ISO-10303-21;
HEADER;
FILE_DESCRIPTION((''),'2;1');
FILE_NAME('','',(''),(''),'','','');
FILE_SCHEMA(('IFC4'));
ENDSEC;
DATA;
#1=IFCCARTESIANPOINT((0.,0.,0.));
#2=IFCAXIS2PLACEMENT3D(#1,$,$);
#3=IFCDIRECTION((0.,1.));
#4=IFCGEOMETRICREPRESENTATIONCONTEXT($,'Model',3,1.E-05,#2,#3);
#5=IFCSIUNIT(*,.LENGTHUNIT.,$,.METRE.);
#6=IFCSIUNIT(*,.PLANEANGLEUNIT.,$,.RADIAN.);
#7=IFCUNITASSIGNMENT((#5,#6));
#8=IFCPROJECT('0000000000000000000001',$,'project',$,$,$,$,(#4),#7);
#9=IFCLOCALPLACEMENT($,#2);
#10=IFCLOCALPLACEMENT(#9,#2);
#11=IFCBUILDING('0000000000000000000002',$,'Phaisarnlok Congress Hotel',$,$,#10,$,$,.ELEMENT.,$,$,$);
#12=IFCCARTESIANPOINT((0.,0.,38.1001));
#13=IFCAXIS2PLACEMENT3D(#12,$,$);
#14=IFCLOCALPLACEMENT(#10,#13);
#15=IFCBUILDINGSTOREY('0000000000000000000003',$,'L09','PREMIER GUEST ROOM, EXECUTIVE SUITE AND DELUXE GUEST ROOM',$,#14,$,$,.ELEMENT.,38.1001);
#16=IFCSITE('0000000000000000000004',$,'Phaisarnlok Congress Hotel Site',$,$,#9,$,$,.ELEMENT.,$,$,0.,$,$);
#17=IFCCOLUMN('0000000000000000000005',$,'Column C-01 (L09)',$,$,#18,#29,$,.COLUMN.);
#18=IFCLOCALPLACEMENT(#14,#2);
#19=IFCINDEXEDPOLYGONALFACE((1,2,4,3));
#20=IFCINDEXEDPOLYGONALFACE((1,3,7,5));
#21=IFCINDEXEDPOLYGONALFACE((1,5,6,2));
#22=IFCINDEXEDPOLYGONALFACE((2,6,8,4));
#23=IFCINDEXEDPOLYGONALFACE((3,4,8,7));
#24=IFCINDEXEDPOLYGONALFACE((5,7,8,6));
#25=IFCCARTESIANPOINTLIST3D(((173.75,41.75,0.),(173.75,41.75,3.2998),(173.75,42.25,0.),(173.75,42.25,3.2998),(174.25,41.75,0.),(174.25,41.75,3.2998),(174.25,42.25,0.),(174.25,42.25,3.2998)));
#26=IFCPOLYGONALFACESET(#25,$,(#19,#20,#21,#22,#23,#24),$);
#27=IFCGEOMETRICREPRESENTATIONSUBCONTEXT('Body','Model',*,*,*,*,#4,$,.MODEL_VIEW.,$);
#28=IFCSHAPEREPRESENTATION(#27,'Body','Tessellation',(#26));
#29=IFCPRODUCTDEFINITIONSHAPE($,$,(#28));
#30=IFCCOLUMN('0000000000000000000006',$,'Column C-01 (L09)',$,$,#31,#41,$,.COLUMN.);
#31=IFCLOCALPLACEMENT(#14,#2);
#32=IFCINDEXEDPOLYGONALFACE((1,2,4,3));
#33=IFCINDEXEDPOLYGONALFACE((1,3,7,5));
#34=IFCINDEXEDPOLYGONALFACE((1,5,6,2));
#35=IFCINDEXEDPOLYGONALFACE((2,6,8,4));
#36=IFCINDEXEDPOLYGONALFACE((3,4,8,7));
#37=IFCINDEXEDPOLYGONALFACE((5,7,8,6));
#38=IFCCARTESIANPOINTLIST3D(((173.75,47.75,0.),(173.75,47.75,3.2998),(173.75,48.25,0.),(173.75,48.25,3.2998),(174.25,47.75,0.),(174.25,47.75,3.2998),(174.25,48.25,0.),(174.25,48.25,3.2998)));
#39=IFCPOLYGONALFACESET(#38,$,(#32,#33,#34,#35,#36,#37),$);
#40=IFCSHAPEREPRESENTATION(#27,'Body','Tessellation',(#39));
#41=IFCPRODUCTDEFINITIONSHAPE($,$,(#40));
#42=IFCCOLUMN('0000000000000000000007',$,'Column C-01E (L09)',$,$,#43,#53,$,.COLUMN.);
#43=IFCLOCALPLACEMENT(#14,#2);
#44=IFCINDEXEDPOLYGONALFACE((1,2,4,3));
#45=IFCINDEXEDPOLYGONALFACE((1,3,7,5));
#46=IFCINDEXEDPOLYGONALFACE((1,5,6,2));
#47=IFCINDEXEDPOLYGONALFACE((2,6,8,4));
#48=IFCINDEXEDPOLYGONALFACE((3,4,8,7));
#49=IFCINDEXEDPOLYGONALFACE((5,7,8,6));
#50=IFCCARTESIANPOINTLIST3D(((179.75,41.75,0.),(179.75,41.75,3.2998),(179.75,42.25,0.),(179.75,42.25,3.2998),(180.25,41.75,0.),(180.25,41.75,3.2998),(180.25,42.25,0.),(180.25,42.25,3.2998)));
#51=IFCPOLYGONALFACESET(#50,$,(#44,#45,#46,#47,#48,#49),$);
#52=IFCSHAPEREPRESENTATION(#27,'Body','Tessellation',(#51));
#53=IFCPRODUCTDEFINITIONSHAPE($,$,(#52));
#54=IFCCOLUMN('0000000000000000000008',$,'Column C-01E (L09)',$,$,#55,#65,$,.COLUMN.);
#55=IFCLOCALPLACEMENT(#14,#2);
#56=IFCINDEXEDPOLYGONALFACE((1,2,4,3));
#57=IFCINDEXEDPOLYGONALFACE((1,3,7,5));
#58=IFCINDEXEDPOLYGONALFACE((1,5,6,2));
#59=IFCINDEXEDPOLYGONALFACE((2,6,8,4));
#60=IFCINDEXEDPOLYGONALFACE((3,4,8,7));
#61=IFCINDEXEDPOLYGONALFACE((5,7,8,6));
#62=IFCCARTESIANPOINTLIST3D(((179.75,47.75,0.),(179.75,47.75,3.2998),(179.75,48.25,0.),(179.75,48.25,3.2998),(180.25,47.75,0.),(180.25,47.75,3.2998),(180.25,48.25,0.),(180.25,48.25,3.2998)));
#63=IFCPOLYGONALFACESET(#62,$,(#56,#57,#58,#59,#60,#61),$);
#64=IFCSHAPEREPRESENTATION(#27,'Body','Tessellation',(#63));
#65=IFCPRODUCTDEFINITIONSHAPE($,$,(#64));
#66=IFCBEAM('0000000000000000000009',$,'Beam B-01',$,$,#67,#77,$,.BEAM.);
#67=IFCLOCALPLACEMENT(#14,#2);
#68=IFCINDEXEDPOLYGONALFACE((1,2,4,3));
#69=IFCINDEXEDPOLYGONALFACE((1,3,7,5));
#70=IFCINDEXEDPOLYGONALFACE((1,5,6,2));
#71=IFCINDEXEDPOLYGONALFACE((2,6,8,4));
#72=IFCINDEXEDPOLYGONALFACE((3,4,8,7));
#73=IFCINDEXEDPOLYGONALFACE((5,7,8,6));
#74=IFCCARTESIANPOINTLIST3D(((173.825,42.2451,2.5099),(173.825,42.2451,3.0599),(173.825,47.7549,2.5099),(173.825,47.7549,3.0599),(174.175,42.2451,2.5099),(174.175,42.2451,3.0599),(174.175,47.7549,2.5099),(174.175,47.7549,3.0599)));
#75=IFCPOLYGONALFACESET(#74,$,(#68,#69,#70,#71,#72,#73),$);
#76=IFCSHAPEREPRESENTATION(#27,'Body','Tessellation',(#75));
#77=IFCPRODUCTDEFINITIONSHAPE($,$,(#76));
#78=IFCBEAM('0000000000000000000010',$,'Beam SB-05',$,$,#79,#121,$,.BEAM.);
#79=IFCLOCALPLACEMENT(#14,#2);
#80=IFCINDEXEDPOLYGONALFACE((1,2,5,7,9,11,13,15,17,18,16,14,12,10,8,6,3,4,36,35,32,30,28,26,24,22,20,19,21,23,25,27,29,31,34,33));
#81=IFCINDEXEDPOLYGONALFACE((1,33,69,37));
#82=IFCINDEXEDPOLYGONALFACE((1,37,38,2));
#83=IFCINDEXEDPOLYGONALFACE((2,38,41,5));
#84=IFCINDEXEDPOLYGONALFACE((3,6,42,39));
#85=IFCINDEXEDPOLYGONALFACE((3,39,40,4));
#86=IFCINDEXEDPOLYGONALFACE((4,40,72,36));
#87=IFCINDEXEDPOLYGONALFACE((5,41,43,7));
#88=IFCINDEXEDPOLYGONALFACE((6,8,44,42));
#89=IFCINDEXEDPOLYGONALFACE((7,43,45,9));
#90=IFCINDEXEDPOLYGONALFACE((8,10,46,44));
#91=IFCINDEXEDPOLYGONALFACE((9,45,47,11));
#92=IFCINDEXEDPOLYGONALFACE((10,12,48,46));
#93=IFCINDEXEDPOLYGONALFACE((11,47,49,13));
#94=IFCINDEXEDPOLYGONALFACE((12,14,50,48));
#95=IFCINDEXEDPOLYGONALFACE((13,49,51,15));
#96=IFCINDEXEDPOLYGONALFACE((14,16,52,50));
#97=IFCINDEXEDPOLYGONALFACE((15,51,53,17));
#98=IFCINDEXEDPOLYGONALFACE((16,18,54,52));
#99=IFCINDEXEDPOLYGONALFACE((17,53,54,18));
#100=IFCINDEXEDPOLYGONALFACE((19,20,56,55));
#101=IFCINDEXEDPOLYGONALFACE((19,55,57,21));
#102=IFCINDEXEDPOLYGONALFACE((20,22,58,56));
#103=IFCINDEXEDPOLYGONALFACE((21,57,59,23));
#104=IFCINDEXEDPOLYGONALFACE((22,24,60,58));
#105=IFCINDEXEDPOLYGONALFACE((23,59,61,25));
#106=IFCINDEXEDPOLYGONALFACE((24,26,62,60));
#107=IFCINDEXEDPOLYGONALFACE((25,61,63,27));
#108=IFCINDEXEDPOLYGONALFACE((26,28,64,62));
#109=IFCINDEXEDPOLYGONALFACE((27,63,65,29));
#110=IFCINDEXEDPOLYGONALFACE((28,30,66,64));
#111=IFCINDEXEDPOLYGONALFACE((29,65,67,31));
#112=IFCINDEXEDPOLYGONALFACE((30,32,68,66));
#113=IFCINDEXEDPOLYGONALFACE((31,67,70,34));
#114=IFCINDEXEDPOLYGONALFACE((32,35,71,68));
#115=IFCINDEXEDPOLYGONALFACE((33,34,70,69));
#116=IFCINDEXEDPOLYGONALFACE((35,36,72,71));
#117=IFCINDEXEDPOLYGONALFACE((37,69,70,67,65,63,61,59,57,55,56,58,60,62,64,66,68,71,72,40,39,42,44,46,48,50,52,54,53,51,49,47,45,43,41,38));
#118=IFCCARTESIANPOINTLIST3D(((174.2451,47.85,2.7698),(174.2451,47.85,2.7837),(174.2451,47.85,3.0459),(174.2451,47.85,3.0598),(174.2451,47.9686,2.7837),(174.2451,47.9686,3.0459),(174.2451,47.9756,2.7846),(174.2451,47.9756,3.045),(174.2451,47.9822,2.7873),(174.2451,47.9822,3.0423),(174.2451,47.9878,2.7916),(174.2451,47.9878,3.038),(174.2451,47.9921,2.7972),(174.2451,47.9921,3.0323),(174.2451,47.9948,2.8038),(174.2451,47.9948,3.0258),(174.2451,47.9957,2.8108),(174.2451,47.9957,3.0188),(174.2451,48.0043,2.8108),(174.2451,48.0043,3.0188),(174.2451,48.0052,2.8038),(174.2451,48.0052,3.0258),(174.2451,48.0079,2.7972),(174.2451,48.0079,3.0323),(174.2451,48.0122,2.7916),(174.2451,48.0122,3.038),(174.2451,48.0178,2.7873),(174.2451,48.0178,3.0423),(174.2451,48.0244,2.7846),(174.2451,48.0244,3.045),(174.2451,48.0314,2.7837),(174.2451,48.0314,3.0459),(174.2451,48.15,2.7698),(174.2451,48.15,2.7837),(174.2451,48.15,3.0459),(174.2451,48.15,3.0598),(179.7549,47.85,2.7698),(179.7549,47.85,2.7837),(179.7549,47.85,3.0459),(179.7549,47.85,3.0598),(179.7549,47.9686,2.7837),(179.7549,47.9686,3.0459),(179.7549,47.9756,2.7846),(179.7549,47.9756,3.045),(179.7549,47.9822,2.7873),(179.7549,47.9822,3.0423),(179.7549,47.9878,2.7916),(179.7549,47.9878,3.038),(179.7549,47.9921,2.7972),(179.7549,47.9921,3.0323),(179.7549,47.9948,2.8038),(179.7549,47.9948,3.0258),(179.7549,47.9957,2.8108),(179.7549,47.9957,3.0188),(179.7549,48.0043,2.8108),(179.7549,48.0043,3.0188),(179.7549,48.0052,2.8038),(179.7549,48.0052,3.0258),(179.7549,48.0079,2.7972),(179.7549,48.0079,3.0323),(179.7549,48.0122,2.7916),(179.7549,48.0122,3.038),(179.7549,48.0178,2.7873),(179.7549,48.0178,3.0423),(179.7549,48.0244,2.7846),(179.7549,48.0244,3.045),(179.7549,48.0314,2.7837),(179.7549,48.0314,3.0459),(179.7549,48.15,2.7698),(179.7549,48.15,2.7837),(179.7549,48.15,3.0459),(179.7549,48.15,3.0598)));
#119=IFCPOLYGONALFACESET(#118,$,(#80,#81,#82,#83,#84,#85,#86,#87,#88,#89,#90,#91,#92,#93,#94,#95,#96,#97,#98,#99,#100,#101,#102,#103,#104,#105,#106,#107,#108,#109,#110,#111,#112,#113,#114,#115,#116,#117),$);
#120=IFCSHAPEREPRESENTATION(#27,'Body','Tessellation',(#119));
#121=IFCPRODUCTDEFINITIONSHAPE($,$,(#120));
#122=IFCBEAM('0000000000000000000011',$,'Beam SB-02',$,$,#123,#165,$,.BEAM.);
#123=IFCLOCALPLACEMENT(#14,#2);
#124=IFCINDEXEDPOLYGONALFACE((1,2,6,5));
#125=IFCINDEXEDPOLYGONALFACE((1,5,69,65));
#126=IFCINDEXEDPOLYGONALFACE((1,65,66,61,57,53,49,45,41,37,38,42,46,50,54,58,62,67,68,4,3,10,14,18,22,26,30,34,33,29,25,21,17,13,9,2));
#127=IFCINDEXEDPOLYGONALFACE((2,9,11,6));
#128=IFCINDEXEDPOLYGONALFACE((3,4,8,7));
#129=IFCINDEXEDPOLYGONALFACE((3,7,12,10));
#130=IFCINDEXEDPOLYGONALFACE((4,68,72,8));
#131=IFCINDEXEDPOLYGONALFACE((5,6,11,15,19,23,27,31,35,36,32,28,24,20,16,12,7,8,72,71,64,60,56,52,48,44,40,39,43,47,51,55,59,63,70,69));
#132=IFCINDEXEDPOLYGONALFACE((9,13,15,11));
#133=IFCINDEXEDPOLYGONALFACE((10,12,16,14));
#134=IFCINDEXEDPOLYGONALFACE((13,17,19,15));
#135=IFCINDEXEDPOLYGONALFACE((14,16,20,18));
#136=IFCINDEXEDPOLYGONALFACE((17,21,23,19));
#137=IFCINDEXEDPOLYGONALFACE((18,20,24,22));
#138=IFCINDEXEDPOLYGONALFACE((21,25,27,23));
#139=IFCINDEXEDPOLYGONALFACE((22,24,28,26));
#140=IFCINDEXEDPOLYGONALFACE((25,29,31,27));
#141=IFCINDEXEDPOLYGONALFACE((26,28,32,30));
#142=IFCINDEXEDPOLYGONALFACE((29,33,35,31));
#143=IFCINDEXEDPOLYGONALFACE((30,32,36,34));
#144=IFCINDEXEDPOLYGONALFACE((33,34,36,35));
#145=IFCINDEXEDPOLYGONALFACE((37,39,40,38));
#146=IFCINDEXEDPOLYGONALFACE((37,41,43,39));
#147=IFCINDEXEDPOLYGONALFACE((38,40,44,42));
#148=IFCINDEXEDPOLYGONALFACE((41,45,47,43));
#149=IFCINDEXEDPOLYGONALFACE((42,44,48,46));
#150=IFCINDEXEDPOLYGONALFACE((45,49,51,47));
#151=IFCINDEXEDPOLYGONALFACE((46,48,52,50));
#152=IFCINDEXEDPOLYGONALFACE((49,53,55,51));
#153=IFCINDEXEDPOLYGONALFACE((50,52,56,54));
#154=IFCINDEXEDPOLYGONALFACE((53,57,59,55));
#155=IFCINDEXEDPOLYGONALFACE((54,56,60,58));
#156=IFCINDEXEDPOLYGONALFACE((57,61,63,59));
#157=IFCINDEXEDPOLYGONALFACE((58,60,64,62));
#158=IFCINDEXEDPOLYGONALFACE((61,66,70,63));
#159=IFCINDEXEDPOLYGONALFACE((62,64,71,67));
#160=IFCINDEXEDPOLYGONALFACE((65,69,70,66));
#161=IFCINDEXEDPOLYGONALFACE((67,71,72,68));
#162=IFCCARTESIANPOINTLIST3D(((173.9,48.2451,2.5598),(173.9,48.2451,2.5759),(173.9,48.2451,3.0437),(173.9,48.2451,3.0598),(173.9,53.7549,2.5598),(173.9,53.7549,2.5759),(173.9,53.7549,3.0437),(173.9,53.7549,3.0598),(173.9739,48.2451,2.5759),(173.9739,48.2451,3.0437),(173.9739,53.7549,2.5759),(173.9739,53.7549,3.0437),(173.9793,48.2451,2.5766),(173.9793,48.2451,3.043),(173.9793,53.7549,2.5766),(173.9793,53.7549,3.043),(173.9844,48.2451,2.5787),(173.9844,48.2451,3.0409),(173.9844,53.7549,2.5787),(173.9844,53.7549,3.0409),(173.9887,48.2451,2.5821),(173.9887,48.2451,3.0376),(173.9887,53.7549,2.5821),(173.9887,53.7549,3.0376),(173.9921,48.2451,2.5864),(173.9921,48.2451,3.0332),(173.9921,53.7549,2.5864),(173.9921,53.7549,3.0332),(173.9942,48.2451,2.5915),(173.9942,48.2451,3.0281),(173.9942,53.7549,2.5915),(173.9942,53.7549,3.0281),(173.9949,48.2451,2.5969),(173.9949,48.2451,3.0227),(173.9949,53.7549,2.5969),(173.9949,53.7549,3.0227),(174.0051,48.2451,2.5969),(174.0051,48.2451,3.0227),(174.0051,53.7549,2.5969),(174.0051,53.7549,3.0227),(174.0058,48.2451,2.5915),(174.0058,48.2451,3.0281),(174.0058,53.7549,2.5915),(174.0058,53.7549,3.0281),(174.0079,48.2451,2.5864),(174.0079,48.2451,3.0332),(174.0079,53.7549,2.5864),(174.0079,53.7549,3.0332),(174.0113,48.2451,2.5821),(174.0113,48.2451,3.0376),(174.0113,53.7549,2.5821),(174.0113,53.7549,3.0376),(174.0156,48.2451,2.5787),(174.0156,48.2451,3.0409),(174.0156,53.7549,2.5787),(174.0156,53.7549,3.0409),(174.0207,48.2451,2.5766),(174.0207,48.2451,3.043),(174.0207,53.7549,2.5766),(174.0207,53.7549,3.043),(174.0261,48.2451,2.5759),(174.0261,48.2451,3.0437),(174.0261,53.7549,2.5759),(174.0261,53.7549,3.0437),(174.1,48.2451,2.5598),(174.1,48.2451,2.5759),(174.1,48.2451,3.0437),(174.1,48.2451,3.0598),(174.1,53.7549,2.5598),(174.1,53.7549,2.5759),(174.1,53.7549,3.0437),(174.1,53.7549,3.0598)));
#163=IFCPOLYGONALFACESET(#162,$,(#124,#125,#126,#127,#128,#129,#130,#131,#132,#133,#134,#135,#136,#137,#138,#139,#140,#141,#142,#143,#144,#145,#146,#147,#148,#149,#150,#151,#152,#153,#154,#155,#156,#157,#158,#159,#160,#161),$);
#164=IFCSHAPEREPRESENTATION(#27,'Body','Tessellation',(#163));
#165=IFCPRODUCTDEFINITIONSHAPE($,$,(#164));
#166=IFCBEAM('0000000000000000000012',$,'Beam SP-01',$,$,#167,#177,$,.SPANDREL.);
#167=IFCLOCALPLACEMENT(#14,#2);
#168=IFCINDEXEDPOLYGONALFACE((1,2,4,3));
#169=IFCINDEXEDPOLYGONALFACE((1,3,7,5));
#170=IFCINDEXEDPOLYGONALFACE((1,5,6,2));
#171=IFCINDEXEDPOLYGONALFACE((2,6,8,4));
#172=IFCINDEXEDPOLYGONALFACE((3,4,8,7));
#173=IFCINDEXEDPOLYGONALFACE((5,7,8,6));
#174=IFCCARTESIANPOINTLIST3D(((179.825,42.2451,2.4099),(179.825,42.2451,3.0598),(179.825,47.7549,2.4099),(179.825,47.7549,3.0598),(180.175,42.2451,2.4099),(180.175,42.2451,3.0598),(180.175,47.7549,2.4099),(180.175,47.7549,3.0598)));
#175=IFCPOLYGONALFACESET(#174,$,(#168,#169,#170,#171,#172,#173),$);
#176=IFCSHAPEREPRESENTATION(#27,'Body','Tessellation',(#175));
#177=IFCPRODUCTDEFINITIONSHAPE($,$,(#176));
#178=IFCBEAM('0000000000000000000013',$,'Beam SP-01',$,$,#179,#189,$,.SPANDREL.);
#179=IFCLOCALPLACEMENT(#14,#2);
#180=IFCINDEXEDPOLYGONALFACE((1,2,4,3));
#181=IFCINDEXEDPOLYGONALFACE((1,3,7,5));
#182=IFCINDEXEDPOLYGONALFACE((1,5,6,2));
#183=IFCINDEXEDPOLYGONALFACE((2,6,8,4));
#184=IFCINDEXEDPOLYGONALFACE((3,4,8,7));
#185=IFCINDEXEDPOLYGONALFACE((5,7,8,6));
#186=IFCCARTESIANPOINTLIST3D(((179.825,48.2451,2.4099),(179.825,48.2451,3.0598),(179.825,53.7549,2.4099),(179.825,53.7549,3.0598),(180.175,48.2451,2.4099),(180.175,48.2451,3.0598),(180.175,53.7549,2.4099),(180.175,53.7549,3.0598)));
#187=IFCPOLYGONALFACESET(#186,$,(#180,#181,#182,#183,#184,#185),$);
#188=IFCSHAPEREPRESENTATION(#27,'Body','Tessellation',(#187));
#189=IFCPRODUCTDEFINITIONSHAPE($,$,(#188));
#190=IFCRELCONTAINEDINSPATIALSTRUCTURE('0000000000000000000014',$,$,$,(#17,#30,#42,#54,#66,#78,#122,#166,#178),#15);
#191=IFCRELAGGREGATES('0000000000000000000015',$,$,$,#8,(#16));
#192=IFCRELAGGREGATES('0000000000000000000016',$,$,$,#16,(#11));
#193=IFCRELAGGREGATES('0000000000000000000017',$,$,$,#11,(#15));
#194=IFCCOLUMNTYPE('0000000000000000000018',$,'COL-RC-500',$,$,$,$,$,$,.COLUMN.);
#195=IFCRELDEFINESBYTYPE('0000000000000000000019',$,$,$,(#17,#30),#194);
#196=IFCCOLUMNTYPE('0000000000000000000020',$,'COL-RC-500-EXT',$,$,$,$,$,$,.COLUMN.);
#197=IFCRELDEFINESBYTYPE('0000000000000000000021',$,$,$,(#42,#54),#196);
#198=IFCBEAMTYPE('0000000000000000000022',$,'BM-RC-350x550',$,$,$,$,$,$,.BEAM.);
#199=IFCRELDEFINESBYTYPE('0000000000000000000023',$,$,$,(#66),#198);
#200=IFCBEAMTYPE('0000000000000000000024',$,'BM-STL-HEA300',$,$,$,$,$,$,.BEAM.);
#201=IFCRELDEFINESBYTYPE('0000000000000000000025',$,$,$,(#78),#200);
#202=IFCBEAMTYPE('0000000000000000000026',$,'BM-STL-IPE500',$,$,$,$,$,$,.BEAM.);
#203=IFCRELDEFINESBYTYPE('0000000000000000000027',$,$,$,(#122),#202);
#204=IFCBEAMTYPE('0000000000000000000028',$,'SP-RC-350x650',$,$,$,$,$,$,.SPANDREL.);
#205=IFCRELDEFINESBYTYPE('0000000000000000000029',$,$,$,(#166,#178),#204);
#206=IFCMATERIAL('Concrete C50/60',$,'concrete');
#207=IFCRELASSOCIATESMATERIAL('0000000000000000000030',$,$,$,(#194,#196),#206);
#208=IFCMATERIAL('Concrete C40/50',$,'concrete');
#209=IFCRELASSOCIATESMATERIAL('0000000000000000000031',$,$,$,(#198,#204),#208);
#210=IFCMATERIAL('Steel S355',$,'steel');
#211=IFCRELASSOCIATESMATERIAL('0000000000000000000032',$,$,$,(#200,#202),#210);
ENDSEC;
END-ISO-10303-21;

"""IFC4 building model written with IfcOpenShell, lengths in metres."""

from ifc_helpers import new_model, si_unit, direction, frame, origin, origin_2d, place, context, subcontext, project, spatial, rectangle, i_section, extrude, material, material_profile, profile_set, type_object, element, save


model = new_model("IFC4")

# Units and contexts
model_context = context("Model", 3, precision=1e-05, world=origin(), true_north=direction((0.0, 1.0)))
body_context = subcontext(model_context, "Body", "Model", "MODEL_VIEW")
ifc_project = project(units=[si_unit("LENGTHUNIT", "METRE"), si_unit("PLANEANGLEUNIT", "RADIAN")], contexts=[model_context])

# Site, building, storey
site_placement = place(None, origin())
site = spatial("IfcSite", under=ifc_project, at=site_placement, Name="Phaisarnlok Congress Hotel Site", CompositionType="ELEMENT", RefElevation=0.0)
building_placement = place(site_placement, origin())
building = spatial("IfcBuilding", under=site, at=building_placement, Name="Phaisarnlok Congress Hotel", CompositionType="ELEMENT")
storey_placement = place(building_placement, frame((0.0, 0.0, 38.1001)))
storey = spatial("IfcBuildingStorey", under=building, at=storey_placement, Name="L09", Description="PREMIER GUEST ROOM, EXECUTIVE SUITE AND DELUXE GUEST ROOM", CompositionType="ELEMENT", Elevation=38.1001)

# Columns
ifc_material_1 = material(Name="Concrete C50/60", Category="concrete")
ifc_material_profile_1 = material_profile(ifc_material_1, rectangle(XDim=0.5, YDim=0.5, at=origin_2d()), Name="RC 500x500")
ifc_profile_set_1 = profile_set([ifc_material_profile_1], Name="Concrete C50/60")
column_type_1 = type_object("IfcColumnType", Name="COL-RC-500", PredefinedType="COLUMN", material=ifc_profile_set_1)
for number, where, z_axis, x_axis, name in (
    (1, (174.0, 42.0, 0.0), (0.0, 0.0, 1.0), (1.0, 0.0, 0.0), "Column C-01 (L09)"),
    (2, (174.0, 48.0, 0.0), (0.0, 0.0, 1.0), (1.0, 0.0, 0.0), "Column C-01 (L09)"),
):
    element("IfcColumn", number, at=place(storey_placement, frame(where, z_axis=z_axis, x_axis=x_axis)), inside=storey, type_object=column_type_1, Name=name, PredefinedType="COLUMN", context=body_context, shape_type="SweptSolid", body=[
        extrude(rectangle(XDim=0.5, YDim=0.5, at=origin_2d()), origin(), (0.0, 0.0, 1.0), 3.2998),
    ])
ifc_material_profile_2 = material_profile(ifc_material_1, rectangle(XDim=0.5, YDim=0.5, at=origin_2d()), Name="RC 500x500")
ifc_profile_set_2 = profile_set([ifc_material_profile_2], Name="Concrete C50/60")
column_type_2 = type_object("IfcColumnType", Name="COL-RC-500-EXT", PredefinedType="COLUMN", material=ifc_profile_set_2)
for number, where, z_axis, x_axis, name in (
    (3, (180.0, 42.0, 0.0), (0.0, 0.0, 1.0), (1.0, 0.0, 0.0), "Column C-01E (L09)"),
    (4, (180.0, 48.0, 0.0), (0.0, 0.0, 1.0), (1.0, 0.0, 0.0), "Column C-01E (L09)"),
):
    element("IfcColumn", number, at=place(storey_placement, frame(where, z_axis=z_axis, x_axis=x_axis)), inside=storey, type_object=column_type_2, Name=name, PredefinedType="COLUMN", context=body_context, shape_type="SweptSolid", body=[
        extrude(rectangle(XDim=0.5, YDim=0.5, at=origin_2d()), origin(), (0.0, 0.0, 1.0), 3.2998),
    ])

# Beams
ifc_material_2 = material(Name="Concrete C40/50", Category="concrete")
ifc_material_profile_3 = material_profile(ifc_material_2, rectangle(XDim=0.3501, YDim=0.55, at=origin_2d()), Name="RC 350x550")
ifc_profile_set_3 = profile_set([ifc_material_profile_3], Name="Concrete C40/50")
beam_type_1 = type_object("IfcBeamType", Name="BM-RC-350x550", PredefinedType="BEAM", material=ifc_profile_set_3)
beam_1_placement = place(storey_placement, frame((174.0, 42.2451, 2.7849), z_axis=(0.0, 1.0, 0.0), x_axis=(-1.0, 0.0, 0.0)))
element("IfcBeam", 5, at=beam_1_placement, inside=storey, type_object=beam_type_1, Name="Beam B-01", PredefinedType="BEAM", context=body_context, shape_type="SweptSolid", body=[
    extrude(rectangle(XDim=0.3501, YDim=0.55, at=origin_2d()), origin(), (0.0, 0.0, 1.0), 5.5098),
])
ifc_material_3 = material(Name="Steel S355", Category="steel")
ifc_material_profile_4 = material_profile(ifc_material_3, i_section(OverallWidth=0.3, OverallDepth=0.29, WebThickness=0.0085, FlangeThickness=0.0139, FilletRadius=0.0271, at=origin_2d()), Name="HEA 300")
ifc_profile_set_4 = profile_set([ifc_material_profile_4], Name="Steel S355")
beam_type_2 = type_object("IfcBeamType", Name="BM-STL-HEA300", PredefinedType="BEAM", material=ifc_profile_set_4)
beam_2_placement = place(storey_placement, frame((174.2451, 48.0, 2.9148), z_axis=(1.0, 0.0, 0.0), x_axis=(0.0, 1.0, 0.0)))
element("IfcBeam", 6, at=beam_2_placement, inside=storey, type_object=beam_type_2, Name="Beam SB-05", PredefinedType="BEAM", context=body_context, shape_type="SweptSolid", body=[
    extrude(i_section(OverallWidth=0.3, OverallDepth=0.29, WebThickness=0.0085, FlangeThickness=0.0139, FilletRadius=0.0271, at=origin_2d()), origin(), (0.0, 0.0, 1.0), 5.5098),
])
ifc_material_profile_5 = material_profile(ifc_material_3, i_section(OverallWidth=0.2, OverallDepth=0.5, WebThickness=0.0103, FlangeThickness=0.0161, FilletRadius=0.021, at=origin_2d()), Name="IPE 500")
ifc_profile_set_5 = profile_set([ifc_material_profile_5], Name="Steel S355")
beam_type_3 = type_object("IfcBeamType", Name="BM-STL-IPE500", PredefinedType="BEAM", material=ifc_profile_set_5)
beam_3_placement = place(storey_placement, frame((174.0, 48.2451, 2.8098), z_axis=(0.0, 1.0, 0.0), x_axis=(-1.0, 0.0, 0.0)))
element("IfcBeam", 7, at=beam_3_placement, inside=storey, type_object=beam_type_3, Name="Beam SB-02", PredefinedType="BEAM", context=body_context, shape_type="SweptSolid", body=[
    extrude(i_section(OverallWidth=0.2, OverallDepth=0.5, WebThickness=0.0103, FlangeThickness=0.0161, FilletRadius=0.021, at=origin_2d()), origin(), (0.0, 0.0, 1.0), 5.5098),
])
ifc_material_profile_6 = material_profile(ifc_material_2, rectangle(XDim=0.3501, YDim=0.6499, at=origin_2d()), Name="RC 350x650")
ifc_profile_set_6 = profile_set([ifc_material_profile_6], Name="Concrete C40/50")
beam_type_4 = type_object("IfcBeamType", Name="SP-RC-350x650", PredefinedType="SPANDREL", material=ifc_profile_set_6)
for number, where, z_axis, x_axis, name in (
    (8, (180.0, 42.2451, 2.7349), (0.0, 1.0, 0.0), (-1.0, 0.0, 0.0), "Beam SP-01"),
    (9, (180.0, 48.2451, 2.7349), (0.0, 1.0, 0.0), (-1.0, 0.0, 0.0), "Beam SP-01"),
):
    element("IfcBeam", number, at=place(storey_placement, frame(where, z_axis=z_axis, x_axis=x_axis)), inside=storey, type_object=beam_type_4, Name=name, PredefinedType="SPANDREL", context=body_context, shape_type="SweptSolid", body=[
        extrude(rectangle(XDim=0.3501, YDim=0.6499, at=origin_2d()), origin(), (0.0, 0.0, 1.0), 5.5098),
    ])

save(model, "model.ifc")
